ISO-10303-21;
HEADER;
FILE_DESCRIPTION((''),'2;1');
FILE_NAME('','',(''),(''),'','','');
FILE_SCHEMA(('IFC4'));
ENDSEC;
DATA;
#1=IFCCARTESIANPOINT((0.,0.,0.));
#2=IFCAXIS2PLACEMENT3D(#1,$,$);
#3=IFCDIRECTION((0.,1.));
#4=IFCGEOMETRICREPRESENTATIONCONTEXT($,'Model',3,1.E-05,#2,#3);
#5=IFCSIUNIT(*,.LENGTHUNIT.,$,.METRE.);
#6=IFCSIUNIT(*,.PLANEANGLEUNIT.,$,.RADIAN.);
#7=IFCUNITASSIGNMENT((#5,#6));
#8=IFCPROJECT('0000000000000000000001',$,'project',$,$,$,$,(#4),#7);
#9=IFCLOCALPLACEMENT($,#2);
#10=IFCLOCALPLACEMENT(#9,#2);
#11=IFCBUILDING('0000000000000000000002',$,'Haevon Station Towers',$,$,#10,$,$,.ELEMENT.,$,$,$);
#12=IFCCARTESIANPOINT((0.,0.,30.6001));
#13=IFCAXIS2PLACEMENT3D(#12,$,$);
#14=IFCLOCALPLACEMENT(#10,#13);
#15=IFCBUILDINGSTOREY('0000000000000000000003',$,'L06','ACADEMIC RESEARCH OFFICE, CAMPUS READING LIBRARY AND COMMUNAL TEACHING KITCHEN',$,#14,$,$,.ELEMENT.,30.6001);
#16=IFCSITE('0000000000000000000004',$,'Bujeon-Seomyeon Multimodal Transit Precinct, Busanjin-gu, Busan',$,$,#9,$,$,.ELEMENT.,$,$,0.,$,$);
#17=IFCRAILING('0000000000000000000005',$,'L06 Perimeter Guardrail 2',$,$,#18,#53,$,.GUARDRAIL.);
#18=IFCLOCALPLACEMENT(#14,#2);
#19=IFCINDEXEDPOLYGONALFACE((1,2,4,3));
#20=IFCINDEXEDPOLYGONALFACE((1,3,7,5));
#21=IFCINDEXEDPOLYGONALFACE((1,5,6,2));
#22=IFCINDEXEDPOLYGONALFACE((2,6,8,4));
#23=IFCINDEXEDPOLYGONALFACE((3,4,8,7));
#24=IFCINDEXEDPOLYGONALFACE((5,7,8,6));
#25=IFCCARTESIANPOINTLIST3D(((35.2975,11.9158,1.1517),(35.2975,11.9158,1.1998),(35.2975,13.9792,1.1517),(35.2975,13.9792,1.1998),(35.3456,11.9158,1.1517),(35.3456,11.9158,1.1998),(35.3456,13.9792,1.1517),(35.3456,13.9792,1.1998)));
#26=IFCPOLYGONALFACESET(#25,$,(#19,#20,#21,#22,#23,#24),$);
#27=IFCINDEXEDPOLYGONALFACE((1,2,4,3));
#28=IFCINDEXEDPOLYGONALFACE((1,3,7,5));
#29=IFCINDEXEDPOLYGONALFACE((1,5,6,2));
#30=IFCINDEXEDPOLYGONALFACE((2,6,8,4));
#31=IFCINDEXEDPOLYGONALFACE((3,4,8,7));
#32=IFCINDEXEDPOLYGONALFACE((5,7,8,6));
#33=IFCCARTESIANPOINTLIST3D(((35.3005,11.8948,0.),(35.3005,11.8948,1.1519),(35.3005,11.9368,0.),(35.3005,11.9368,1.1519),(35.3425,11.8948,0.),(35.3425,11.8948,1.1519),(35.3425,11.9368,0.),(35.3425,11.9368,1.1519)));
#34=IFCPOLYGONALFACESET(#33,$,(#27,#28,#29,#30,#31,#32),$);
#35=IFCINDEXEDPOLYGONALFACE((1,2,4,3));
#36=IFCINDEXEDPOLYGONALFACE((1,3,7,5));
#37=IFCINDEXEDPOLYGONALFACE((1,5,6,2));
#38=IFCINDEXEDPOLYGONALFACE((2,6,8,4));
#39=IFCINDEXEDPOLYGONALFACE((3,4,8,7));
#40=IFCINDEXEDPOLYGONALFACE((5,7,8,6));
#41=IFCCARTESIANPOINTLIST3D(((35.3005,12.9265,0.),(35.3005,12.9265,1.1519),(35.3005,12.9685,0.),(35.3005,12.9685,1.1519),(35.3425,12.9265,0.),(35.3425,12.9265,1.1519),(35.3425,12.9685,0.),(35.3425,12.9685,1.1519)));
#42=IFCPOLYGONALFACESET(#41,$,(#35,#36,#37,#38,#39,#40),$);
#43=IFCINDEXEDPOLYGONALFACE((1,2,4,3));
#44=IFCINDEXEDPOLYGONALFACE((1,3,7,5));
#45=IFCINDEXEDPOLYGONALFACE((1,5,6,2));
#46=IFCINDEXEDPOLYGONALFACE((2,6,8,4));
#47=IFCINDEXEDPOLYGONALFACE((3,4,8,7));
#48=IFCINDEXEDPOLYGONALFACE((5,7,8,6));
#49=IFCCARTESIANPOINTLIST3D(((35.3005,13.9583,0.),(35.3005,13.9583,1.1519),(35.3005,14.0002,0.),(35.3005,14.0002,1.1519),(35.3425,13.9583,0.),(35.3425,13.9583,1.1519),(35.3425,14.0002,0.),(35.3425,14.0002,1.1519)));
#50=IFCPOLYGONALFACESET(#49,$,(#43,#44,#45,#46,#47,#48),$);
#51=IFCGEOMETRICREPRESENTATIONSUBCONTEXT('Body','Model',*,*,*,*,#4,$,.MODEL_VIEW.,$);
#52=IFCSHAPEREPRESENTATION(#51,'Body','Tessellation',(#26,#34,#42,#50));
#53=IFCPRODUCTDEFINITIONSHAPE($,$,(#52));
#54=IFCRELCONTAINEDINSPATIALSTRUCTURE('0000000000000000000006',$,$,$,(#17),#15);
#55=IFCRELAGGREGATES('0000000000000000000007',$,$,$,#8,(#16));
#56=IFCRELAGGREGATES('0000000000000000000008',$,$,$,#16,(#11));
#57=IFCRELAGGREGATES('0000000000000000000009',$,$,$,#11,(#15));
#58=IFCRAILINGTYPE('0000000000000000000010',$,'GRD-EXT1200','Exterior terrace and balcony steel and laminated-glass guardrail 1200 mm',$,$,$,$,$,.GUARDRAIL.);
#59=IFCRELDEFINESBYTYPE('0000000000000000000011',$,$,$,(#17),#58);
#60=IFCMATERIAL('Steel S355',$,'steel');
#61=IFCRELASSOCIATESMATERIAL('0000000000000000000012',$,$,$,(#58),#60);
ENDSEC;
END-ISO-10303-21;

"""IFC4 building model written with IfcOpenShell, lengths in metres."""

from ifc_helpers import new_model, si_unit, direction, frame, origin, origin_2d, place, context, subcontext, project, spatial, rectangle, extrude, material, type_object, element, save


model = new_model("IFC4")

# Units and contexts
model_context = context("Model", 3, precision=1e-05, world=origin(), true_north=direction((0.0, 1.0)))
body_context = subcontext(model_context, "Body", "Model", "MODEL_VIEW")
ifc_project = project(units=[si_unit("LENGTHUNIT", "METRE"), si_unit("PLANEANGLEUNIT", "RADIAN")], contexts=[model_context])

# Site, building, storey
site_placement = place(None, origin())
site = spatial("IfcSite", under=ifc_project, at=site_placement, Name="Bujeon-Seomyeon Multimodal Transit Precinct, Busanjin-gu, Busan", CompositionType="ELEMENT", RefElevation=0.0)
building_placement = place(site_placement, origin())
building = spatial("IfcBuilding", under=site, at=building_placement, Name="Haevon Station Towers", CompositionType="ELEMENT")
storey_placement = place(building_placement, frame((0.0, 0.0, 30.6001)))
storey = spatial("IfcBuildingStorey", under=building, at=storey_placement, Name="L06", Description="ACADEMIC RESEARCH OFFICE, CAMPUS READING LIBRARY AND COMMUNAL TEACHING KITCHEN", CompositionType="ELEMENT", Elevation=30.6001)

# Shared definitions
ifc_material_1 = material(Name="Steel S355", Category="steel")

# Railing
railing_type_1 = type_object("IfcRailingType", Name="GRD-EXT1200", Description="Exterior terrace and balcony steel and laminated-glass guardrail 1200 mm", PredefinedType="GUARDRAIL", material=ifc_material_1)
railing_1_placement = place(storey_placement, frame((35.3215, 11.9158, 0.0)))
element("IfcRailing", 1, at=railing_1_placement, inside=storey, type_object=railing_type_1, Name="L06 Perimeter Guardrail 2", PredefinedType="GUARDRAIL", context=body_context, shape_type="SweptSolid", body=[
    extrude(rectangle(XDim=0.0481, YDim=0.0481, at=origin_2d()), frame((0.0, 0.0, 1.1758), z_axis=(0.0, 1.0, 0.0), x_axis=(-1.0, 0.0, 0.0)), (0.0, 0.0, 1.0), 2.0635),
    extrude(rectangle(XDim=0.042, YDim=0.042, at=origin_2d()), origin(), (0.0, 0.0, 1.0), 1.1519),
    extrude(rectangle(XDim=0.042, YDim=0.042, at=origin_2d()), frame((0.0, 1.0317, 0.0)), (0.0, 0.0, 1.0), 1.1519),
    extrude(rectangle(XDim=0.042, YDim=0.042, at=origin_2d()), frame((0.0, 2.0635, 0.0)), (0.0, 0.0, 1.0), 1.1519),
])

save(model, "model.ifc")
